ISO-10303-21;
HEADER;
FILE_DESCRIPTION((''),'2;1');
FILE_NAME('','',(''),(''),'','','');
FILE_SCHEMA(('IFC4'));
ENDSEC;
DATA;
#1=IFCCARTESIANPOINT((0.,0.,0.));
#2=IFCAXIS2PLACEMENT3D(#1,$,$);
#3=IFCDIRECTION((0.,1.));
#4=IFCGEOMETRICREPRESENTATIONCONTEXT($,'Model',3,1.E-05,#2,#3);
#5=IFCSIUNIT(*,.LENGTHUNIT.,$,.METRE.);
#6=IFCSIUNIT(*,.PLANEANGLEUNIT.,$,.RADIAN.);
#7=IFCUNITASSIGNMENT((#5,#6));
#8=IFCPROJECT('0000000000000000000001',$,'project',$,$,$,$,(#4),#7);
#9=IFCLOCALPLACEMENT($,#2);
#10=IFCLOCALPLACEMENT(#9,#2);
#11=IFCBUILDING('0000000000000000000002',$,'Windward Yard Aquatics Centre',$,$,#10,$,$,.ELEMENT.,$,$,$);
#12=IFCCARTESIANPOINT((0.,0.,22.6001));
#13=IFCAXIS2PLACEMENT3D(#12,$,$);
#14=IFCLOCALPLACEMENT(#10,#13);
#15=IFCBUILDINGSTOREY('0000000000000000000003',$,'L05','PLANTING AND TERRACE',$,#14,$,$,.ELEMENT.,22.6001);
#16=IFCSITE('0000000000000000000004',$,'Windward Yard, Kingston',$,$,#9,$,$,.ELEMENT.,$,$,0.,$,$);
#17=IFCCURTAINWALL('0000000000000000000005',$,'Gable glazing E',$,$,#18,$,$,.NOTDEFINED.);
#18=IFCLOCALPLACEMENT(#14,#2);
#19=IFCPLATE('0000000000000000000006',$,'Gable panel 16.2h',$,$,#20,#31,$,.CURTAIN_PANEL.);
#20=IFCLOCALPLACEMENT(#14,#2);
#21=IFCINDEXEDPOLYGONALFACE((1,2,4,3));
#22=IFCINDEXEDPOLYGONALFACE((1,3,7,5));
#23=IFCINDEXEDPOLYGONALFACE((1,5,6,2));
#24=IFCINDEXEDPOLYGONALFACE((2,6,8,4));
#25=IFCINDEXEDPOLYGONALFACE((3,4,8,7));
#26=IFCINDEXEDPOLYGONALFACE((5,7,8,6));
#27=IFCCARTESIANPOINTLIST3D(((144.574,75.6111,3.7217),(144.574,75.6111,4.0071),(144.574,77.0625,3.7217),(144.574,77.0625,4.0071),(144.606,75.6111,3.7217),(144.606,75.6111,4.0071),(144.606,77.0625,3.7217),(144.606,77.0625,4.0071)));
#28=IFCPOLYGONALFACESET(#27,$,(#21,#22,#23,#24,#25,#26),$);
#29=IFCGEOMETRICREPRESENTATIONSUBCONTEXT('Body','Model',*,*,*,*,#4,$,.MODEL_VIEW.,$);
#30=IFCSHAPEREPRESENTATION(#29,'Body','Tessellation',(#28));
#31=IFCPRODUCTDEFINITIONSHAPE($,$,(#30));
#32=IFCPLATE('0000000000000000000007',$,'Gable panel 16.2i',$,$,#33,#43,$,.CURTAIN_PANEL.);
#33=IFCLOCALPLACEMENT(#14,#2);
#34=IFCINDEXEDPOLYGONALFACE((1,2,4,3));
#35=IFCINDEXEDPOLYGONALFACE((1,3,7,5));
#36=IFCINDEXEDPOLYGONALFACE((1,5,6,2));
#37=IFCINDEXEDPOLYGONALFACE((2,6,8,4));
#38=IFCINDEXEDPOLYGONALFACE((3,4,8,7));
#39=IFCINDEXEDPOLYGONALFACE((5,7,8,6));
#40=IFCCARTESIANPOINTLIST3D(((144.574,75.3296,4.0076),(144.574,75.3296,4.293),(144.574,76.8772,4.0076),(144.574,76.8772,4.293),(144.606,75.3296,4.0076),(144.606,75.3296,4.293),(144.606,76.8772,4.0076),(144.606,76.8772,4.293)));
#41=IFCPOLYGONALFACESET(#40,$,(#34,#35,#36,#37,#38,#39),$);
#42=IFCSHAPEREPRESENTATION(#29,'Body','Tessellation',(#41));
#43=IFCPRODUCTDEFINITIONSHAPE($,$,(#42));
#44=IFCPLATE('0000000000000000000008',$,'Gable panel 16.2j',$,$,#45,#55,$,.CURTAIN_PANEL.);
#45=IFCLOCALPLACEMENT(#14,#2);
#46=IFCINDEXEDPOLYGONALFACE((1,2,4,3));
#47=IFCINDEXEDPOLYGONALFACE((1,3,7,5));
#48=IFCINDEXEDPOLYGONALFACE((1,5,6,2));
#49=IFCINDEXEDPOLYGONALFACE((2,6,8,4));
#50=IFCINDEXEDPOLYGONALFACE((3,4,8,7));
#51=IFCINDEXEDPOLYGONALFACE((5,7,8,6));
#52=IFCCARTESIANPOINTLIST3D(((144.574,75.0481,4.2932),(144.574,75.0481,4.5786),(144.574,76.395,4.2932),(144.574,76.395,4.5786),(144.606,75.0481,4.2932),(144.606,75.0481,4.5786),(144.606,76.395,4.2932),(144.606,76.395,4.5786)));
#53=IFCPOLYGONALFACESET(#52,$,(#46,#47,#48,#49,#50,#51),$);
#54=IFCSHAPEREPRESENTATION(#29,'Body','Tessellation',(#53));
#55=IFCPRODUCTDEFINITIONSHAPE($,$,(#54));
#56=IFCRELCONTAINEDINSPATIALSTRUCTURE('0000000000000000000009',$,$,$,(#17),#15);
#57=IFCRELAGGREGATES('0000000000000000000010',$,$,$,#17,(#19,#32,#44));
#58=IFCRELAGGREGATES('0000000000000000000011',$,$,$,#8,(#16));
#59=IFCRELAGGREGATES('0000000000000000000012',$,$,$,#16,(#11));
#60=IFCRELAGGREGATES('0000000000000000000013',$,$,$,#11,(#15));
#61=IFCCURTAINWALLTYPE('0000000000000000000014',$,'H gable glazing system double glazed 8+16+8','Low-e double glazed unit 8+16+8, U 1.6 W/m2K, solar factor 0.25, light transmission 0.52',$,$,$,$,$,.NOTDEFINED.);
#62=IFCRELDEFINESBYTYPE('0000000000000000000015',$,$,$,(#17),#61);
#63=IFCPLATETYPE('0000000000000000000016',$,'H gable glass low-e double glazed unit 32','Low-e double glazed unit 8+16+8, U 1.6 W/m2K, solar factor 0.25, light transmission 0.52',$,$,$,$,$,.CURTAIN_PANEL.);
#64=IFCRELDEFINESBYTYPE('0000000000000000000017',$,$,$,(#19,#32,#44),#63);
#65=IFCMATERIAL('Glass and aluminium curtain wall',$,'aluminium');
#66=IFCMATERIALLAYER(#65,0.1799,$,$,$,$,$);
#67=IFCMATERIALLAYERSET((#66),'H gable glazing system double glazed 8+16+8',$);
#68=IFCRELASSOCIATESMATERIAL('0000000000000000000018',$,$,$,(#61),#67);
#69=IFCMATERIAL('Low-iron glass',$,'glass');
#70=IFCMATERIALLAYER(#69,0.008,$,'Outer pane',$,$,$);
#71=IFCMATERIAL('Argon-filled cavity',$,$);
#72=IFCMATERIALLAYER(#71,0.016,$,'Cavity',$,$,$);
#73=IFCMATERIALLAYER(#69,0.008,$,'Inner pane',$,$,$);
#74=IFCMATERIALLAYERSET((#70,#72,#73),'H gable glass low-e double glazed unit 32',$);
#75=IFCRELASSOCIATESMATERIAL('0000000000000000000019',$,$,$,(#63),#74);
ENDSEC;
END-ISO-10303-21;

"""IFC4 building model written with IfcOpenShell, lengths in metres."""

from ifc_helpers import new_model, si_unit, direction, frame, origin, place, context, subcontext, project, spatial, polyline, outline, extrude, material, layer, layer_set, type_object, element, aggregate, save


model = new_model("IFC4")

# Units and contexts
model_context = context("Model", 3, precision=1e-05, world=origin(), true_north=direction((0.0, 1.0)))
body_context = subcontext(model_context, "Body", "Model", "MODEL_VIEW")
ifc_project = project(units=[si_unit("LENGTHUNIT", "METRE"), si_unit("PLANEANGLEUNIT", "RADIAN")], contexts=[model_context])

# Site, building, storey
site_placement = place(None, origin())
site = spatial("IfcSite", under=ifc_project, at=site_placement, Name="Windward Yard, Kingston", CompositionType="ELEMENT", RefElevation=0.0)
building_placement = place(site_placement, origin())
building = spatial("IfcBuilding", under=site, at=building_placement, Name="Windward Yard Aquatics Centre", CompositionType="ELEMENT")
storey_placement = place(building_placement, frame((0.0, 0.0, 22.6001)))
storey = spatial("IfcBuildingStorey", under=building, at=storey_placement, Name="L05", Description="PLANTING AND TERRACE", CompositionType="ELEMENT", Elevation=22.6001)

# Curtain wall, plates
ifc_material_1 = material(Name="Glass and aluminium curtain wall", Category="aluminium")
ifc_layer_1 = layer(ifc_material_1, 0.1799)
ifc_layer_set_1 = layer_set([ifc_layer_1], Name="H gable glazing system double glazed 8+16+8")
curtain_wall_type = type_object("IfcCurtainWallType", Name="H gable glazing system double glazed 8+16+8", Description="Low-e double glazed unit 8+16+8, U 1.6 W/m2K, solar factor 0.25, light transmission 0.52", PredefinedType="NOTDEFINED", material=ifc_layer_set_1)
curtain_wall_placement = place(storey_placement, origin())
curtain_wall = element("IfcCurtainWall", 1, at=curtain_wall_placement, inside=storey, type_object=curtain_wall_type, Name="Gable glazing E", PredefinedType="NOTDEFINED")
ifc_material_2 = material(Name="Low-iron glass", Category="glass")
ifc_layer_2 = layer(ifc_material_2, 0.008, Name="Outer pane")
ifc_material_3 = material(Name="Argon-filled cavity")
ifc_layer_3 = layer(ifc_material_3, 0.016, Name="Cavity")
ifc_layer_4 = layer(ifc_material_2, 0.008, Name="Inner pane")
ifc_layer_set_2 = layer_set([ifc_layer_2, ifc_layer_3, ifc_layer_4], Name="H gable glass low-e double glazed unit 32")
plate_type = type_object("IfcPlateType", Name="H gable glass low-e double glazed unit 32", Description="Low-e double glazed unit 8+16+8, U 1.6 W/m2K, solar factor 0.25, light transmission 0.52", PredefinedType="CURTAIN_PANEL", material=ifc_layer_set_2)
plate_1_placement = place(storey_placement, frame((144.606, 75.6111, 3.7217), z_axis=(1.0, 0.0, 0.0), x_axis=(0.0, 1.0, 0.0)))
plate_1 = element("IfcPlate", 2, at=plate_1_placement, type_object=plate_type, Name="Gable panel 16.2h", PredefinedType="CURTAIN_PANEL", context=body_context, shape_type="SweptSolid", body=[
    extrude(outline(polyline([(0.0, 0.0), (1.4514, 0.0), (1.4514, 0.2854), (0.0, 0.2854), (0.0, 0.0)])), origin(), (0.0, 0.0, -1.0), 0.032),
])
plate_2_placement = place(storey_placement, frame((144.606, 75.3296, 4.0076), z_axis=(1.0, 0.0, 0.0), x_axis=(0.0, 1.0, 0.0)))
plate_2 = element("IfcPlate", 3, at=plate_2_placement, type_object=plate_type, Name="Gable panel 16.2i", PredefinedType="CURTAIN_PANEL", context=body_context, shape_type="SweptSolid", body=[
    extrude(outline(polyline([(0.0, 0.0), (1.5476, 0.0), (1.5476, 0.2854), (0.0, 0.2854), (0.0, 0.0)])), origin(), (0.0, 0.0, -1.0), 0.032),
])
plate_3_placement = place(storey_placement, frame((144.606, 75.0481, 4.2932), z_axis=(1.0, 0.0, 0.0), x_axis=(0.0, 1.0, 0.0)))
plate_3 = element("IfcPlate", 4, at=plate_3_placement, type_object=plate_type, Name="Gable panel 16.2j", PredefinedType="CURTAIN_PANEL", context=body_context, shape_type="SweptSolid", body=[
    extrude(outline(polyline([(0.0, 0.0), (1.3469, 0.0), (1.3469, 0.2854), (0.0, 0.2854), (0.0, 0.0)])), origin(), (0.0, 0.0, -1.0), 0.032),
])
aggregate(curtain_wall, [plate_1, plate_2, plate_3])

save(model, "model.ifc")
